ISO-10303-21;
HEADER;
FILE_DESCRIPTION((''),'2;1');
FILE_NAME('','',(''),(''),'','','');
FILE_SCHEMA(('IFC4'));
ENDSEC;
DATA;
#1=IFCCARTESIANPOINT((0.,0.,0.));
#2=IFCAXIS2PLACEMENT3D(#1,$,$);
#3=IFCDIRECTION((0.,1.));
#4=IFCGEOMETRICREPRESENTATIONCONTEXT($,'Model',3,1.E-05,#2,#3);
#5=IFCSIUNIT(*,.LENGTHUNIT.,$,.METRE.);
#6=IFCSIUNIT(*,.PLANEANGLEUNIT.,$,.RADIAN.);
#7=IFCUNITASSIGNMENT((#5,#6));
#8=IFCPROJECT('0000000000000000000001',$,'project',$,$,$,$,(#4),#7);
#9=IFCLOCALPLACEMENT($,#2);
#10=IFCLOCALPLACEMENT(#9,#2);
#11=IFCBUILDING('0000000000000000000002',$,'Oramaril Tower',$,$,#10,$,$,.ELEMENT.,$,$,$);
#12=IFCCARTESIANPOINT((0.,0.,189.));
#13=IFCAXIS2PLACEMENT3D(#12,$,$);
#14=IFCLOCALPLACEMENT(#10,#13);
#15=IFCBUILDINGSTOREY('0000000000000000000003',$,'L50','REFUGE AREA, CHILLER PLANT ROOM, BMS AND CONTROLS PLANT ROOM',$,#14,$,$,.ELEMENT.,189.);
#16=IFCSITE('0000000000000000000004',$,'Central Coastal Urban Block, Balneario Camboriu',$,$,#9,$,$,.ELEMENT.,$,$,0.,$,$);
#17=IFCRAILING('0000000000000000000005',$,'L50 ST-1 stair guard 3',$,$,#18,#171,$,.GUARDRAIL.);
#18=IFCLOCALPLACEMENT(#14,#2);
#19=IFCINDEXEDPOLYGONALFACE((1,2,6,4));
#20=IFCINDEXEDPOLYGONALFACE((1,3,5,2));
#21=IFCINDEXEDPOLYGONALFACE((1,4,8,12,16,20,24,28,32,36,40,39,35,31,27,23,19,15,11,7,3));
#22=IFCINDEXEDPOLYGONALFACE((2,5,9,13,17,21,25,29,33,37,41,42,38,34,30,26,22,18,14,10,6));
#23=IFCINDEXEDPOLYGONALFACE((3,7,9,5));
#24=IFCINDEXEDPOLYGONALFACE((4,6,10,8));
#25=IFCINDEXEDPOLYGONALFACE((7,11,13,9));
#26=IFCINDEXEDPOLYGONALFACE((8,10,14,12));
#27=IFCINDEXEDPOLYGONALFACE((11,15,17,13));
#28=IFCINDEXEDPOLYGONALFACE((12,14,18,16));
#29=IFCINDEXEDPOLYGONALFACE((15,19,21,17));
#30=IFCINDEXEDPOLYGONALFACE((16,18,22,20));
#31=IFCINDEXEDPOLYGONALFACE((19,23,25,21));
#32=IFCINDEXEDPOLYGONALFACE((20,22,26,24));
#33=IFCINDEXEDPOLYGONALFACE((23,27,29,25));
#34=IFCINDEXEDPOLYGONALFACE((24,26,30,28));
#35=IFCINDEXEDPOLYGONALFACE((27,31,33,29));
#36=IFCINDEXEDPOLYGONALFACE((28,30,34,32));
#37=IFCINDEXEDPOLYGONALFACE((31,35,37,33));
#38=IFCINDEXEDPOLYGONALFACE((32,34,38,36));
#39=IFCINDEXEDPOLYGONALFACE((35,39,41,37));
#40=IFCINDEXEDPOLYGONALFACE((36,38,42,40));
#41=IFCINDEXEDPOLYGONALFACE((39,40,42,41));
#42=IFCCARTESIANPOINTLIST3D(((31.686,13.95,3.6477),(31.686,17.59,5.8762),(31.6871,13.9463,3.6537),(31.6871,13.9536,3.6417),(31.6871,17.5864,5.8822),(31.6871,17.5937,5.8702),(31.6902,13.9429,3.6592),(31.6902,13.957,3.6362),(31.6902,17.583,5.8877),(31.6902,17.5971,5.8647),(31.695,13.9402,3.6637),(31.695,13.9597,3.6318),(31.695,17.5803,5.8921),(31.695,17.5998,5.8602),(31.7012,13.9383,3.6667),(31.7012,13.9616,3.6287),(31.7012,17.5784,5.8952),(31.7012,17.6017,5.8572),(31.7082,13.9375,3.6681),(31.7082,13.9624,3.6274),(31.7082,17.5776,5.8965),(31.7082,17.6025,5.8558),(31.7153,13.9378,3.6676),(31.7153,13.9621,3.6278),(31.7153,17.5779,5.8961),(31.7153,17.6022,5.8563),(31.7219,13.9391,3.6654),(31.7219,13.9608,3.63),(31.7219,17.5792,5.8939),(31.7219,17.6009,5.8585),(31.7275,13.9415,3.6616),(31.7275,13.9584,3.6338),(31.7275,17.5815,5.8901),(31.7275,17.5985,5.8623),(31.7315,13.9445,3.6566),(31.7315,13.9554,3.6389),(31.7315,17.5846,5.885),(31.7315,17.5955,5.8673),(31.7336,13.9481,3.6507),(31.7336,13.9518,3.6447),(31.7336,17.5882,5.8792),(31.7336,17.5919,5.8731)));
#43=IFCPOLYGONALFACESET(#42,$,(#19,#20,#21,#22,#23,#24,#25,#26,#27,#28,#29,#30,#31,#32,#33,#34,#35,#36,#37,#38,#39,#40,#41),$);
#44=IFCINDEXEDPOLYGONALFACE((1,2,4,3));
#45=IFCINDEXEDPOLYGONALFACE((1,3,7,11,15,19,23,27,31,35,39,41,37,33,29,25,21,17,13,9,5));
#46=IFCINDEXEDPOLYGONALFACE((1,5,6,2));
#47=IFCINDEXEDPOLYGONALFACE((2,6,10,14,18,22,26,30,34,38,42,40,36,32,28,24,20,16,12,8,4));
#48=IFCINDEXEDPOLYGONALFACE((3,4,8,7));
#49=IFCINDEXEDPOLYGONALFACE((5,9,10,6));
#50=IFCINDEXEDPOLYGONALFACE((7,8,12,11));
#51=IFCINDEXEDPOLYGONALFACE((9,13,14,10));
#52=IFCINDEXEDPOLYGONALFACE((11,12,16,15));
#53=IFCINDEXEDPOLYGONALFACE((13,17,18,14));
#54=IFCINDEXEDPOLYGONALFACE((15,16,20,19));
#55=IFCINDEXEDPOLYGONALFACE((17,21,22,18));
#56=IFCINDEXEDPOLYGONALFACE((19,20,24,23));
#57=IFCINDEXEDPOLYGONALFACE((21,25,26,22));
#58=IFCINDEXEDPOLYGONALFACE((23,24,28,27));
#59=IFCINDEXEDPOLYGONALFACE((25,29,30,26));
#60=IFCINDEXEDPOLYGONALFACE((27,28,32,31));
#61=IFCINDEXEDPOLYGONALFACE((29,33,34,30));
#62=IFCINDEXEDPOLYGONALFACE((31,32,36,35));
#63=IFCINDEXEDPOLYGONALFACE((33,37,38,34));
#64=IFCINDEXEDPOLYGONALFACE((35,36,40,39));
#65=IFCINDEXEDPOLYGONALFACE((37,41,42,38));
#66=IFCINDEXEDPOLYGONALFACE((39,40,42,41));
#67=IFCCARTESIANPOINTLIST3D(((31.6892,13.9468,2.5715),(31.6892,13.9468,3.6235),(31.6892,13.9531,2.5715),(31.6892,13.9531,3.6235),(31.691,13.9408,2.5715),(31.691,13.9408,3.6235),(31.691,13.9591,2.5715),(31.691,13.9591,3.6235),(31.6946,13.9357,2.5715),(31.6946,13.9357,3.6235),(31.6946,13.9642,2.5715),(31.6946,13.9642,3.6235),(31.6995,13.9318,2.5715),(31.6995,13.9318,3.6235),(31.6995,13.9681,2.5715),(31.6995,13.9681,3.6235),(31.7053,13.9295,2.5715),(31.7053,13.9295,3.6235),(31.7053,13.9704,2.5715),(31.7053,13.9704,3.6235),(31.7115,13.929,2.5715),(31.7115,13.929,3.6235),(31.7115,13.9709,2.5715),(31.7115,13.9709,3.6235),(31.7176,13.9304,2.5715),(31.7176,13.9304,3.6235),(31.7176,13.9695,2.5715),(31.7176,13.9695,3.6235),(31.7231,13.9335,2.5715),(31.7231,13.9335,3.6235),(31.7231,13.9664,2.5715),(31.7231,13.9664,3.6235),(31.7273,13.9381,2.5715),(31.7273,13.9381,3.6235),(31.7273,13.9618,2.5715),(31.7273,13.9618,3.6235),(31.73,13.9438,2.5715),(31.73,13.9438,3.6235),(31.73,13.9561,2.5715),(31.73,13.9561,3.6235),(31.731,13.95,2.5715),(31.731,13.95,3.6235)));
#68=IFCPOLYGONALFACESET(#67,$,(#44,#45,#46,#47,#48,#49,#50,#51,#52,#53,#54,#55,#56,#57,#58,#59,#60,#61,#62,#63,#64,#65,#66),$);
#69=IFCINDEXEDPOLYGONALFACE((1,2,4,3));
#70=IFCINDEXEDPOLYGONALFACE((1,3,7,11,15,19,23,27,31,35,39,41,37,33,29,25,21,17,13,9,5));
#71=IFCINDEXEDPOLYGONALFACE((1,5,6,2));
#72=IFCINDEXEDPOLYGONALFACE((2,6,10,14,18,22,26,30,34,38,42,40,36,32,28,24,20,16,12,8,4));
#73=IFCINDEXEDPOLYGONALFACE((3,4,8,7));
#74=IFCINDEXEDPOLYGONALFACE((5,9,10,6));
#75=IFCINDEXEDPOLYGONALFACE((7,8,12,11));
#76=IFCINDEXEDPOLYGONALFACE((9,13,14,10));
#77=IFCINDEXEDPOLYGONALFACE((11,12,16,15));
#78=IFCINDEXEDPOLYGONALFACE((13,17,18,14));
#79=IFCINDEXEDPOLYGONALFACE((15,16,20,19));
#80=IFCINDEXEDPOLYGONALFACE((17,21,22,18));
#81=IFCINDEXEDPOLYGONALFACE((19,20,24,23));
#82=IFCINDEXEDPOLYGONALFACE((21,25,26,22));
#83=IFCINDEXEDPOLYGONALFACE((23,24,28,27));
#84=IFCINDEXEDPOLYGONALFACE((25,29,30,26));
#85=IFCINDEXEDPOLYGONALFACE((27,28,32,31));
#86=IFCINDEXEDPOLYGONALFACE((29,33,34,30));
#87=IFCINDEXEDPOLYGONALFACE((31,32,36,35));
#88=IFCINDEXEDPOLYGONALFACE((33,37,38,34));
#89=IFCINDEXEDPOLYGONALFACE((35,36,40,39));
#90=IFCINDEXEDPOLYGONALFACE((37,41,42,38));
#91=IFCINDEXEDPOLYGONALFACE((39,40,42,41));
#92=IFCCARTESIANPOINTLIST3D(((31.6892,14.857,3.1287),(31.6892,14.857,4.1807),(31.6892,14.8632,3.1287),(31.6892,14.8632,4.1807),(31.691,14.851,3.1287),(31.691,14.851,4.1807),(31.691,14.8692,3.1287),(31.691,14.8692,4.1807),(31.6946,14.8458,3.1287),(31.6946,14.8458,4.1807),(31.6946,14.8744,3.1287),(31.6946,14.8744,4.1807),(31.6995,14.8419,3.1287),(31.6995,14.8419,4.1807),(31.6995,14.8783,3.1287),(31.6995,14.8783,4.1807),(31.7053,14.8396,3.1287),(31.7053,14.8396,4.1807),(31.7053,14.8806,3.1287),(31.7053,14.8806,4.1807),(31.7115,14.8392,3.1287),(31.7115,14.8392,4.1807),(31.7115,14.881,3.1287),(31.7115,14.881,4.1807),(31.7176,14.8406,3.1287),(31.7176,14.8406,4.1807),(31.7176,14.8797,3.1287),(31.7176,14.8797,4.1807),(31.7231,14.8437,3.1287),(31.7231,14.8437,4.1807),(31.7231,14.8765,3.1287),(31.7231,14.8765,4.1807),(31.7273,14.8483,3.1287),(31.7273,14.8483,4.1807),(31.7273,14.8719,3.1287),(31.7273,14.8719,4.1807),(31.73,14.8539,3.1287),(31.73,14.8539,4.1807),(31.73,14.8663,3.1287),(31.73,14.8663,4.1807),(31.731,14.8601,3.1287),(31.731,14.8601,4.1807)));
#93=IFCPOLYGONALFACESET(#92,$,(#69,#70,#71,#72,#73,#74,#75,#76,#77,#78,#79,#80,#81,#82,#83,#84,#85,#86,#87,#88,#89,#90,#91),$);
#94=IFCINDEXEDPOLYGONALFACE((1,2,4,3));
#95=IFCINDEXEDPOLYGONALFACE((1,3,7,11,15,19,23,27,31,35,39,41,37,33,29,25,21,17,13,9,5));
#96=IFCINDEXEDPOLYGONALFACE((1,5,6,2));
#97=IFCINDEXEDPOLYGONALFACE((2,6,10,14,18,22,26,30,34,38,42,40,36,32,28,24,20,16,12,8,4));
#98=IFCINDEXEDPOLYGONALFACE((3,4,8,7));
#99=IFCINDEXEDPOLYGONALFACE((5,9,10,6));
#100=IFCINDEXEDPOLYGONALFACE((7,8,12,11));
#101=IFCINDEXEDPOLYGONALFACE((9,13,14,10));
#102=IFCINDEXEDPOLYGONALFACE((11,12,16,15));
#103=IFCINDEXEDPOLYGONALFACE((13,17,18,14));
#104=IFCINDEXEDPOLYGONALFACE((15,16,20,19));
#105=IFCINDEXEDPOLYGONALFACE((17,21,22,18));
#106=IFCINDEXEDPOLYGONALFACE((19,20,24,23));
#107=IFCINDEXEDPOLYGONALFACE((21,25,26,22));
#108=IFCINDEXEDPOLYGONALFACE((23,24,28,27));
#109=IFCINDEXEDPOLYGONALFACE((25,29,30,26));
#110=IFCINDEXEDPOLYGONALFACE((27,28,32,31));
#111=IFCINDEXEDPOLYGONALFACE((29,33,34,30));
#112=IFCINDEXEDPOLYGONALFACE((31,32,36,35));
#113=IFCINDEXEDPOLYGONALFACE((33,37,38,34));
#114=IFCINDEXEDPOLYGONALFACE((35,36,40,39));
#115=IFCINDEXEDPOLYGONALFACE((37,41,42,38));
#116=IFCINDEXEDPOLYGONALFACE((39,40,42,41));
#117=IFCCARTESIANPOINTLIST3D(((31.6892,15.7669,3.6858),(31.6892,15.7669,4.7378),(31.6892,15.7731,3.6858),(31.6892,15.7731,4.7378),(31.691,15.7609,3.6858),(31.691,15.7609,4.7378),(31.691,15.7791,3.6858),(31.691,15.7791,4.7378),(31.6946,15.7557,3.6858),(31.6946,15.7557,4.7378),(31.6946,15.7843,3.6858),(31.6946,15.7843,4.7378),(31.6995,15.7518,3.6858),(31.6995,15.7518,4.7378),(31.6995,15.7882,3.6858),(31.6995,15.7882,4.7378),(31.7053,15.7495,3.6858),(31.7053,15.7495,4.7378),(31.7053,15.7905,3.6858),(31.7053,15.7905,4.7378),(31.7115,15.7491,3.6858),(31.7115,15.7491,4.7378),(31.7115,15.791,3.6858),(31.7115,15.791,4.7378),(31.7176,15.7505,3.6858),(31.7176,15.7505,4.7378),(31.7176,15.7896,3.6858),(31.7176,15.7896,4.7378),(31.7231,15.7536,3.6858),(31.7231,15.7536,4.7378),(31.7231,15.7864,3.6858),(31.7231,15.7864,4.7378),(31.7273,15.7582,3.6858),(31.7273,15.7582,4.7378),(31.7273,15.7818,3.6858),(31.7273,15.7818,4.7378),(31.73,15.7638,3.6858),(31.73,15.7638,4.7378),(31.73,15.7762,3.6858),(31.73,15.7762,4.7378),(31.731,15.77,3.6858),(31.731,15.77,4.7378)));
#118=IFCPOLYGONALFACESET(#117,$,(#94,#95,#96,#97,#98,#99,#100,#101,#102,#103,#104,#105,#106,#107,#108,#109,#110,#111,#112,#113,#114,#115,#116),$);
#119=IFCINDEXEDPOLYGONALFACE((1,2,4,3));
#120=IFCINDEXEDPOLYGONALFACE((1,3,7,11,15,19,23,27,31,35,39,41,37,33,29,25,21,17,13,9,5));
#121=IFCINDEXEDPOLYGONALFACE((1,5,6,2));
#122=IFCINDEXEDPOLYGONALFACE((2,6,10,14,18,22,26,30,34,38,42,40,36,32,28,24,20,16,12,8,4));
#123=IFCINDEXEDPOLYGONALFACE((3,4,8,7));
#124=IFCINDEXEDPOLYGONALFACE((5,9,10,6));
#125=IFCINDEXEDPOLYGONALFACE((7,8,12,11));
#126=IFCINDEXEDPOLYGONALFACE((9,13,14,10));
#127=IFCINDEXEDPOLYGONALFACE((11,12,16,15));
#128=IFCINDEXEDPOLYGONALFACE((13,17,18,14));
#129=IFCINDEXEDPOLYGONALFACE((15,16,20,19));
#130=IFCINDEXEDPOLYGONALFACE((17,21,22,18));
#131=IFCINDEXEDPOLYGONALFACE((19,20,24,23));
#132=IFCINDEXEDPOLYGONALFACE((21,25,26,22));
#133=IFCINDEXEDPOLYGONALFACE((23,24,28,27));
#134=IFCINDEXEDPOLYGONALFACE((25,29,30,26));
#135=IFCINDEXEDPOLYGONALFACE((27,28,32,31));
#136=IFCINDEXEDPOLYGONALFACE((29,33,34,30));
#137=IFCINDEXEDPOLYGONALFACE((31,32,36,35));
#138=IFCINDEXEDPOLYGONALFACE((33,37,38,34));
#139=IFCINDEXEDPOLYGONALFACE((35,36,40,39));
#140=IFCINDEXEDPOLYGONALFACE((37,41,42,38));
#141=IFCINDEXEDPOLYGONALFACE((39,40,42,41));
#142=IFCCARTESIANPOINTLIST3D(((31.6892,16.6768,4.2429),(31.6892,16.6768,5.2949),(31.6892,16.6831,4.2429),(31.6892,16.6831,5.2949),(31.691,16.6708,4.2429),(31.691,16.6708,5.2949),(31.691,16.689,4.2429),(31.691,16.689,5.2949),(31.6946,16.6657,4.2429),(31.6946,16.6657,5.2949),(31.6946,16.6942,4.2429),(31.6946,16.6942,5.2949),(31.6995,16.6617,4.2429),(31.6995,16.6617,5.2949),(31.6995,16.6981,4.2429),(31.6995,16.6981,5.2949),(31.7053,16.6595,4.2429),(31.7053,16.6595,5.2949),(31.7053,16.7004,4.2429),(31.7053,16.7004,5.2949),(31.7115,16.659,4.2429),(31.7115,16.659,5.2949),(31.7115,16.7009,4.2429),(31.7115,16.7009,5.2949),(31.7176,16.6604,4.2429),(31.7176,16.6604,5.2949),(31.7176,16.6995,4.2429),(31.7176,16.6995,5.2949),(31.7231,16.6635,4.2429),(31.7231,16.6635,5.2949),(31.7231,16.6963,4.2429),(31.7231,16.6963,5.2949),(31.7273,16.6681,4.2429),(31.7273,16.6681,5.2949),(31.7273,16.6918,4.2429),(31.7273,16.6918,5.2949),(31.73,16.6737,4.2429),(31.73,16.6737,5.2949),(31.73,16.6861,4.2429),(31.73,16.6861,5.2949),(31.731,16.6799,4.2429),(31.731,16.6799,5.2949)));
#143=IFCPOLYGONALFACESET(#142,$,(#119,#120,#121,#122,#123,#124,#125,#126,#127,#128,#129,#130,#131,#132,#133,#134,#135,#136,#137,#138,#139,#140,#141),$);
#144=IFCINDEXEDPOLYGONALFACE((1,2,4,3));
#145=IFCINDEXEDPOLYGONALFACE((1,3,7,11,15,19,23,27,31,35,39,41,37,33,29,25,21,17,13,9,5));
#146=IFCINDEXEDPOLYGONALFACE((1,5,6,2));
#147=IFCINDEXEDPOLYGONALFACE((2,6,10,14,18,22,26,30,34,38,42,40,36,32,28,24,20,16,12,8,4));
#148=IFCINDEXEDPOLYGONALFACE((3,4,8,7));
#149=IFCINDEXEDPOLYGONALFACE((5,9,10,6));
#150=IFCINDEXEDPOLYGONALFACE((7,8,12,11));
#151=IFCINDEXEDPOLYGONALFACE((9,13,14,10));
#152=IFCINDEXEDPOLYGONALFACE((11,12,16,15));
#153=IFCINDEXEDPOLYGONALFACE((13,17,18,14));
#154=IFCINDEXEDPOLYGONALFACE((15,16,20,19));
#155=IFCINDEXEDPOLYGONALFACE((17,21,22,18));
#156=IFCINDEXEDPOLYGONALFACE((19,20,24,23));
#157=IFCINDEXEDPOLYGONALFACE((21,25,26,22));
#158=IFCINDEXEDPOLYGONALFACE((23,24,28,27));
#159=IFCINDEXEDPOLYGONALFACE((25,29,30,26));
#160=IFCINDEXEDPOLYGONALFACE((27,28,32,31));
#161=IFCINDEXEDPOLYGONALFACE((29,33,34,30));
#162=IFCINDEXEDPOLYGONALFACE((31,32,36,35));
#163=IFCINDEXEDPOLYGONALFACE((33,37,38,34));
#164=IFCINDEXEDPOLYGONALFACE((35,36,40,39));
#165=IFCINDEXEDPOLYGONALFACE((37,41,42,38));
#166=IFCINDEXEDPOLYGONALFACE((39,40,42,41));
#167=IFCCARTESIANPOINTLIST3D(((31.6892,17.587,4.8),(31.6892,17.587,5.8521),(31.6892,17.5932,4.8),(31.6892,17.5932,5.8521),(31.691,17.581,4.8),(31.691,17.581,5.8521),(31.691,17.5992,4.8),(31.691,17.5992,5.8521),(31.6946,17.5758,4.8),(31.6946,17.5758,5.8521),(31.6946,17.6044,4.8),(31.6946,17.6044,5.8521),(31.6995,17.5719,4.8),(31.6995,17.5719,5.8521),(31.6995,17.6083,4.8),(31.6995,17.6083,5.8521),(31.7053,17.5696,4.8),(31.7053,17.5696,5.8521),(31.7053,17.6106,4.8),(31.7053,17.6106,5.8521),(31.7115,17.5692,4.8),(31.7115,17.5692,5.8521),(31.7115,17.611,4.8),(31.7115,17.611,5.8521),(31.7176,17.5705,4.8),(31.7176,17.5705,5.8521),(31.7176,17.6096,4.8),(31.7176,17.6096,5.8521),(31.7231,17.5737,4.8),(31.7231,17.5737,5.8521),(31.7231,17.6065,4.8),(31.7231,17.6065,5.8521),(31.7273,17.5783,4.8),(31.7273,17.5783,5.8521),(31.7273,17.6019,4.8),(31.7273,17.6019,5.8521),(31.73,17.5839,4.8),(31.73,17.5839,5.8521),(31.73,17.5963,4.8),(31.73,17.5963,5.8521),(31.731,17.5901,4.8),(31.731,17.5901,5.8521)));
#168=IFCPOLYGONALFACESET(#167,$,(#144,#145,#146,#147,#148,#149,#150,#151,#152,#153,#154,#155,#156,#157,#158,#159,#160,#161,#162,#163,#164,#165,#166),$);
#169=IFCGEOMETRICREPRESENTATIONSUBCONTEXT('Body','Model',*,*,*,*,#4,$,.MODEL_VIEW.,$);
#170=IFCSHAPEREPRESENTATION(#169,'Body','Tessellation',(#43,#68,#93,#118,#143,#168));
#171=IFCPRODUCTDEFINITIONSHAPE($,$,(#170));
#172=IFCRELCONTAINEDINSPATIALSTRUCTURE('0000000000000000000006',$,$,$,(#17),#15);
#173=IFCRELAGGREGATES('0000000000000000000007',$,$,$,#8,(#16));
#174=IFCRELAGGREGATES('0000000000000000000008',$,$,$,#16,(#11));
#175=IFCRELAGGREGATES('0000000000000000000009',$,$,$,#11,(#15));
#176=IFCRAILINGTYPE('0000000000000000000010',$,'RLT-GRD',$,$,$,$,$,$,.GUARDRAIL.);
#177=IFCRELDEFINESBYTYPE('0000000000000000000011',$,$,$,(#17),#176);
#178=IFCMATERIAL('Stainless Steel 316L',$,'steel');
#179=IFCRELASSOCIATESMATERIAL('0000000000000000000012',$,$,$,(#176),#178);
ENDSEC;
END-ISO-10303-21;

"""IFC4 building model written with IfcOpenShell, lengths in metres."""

from ifc_helpers import new_model, si_unit, direction, frame, origin, origin_2d, place, context, subcontext, project, spatial, circle, extrude, material, type_object, element, save


model = new_model("IFC4")

# Units and contexts
model_context = context("Model", 3, precision=1e-05, world=origin(), true_north=direction((0.0, 1.0)))
body_context = subcontext(model_context, "Body", "Model", "MODEL_VIEW")
ifc_project = project(units=[si_unit("LENGTHUNIT", "METRE"), si_unit("PLANEANGLEUNIT", "RADIAN")], contexts=[model_context])

# Site, building, storey
site_placement = place(None, origin())
site = spatial("IfcSite", under=ifc_project, at=site_placement, Name="Central Coastal Urban Block, Balneario Camboriu", CompositionType="ELEMENT", RefElevation=0.0)
building_placement = place(site_placement, origin())
building = spatial("IfcBuilding", under=site, at=building_placement, Name="Oramaril Tower", CompositionType="ELEMENT")
storey_placement = place(building_placement, frame((0.0, 0.0, 189.0)))
storey = spatial("IfcBuildingStorey", under=building, at=storey_placement, Name="L50", Description="REFUGE AREA, CHILLER PLANT ROOM, BMS AND CONTROLS PLANT ROOM", CompositionType="ELEMENT", Elevation=189.0)

# Railing
ifc_material_1 = material(Name="Stainless Steel 316L", Category="steel")
railing_type_1 = type_object("IfcRailingType", Name="RLT-GRD", PredefinedType="GUARDRAIL", material=ifc_material_1)
railing_1_placement = place(storey_placement, frame((31.71, 13.95, 2.5715)))
element("IfcRailing", 1, at=railing_1_placement, inside=storey, type_object=railing_type_1, Name="L50 ST-1 stair guard 3", PredefinedType="GUARDRAIL", context=body_context, shape_type="SweptSolid", body=[
    extrude(circle(Radius=0.0239, at=origin_2d()), frame((0.0, 0.0, 1.0762), z_axis=(0.0, 0.852866, 0.52213), x_axis=(-1.0, 0.0, 0.0)), (0.0, 0.0, 1.0), 4.2681),
    extrude(circle(Radius=0.021, at=origin_2d()), origin(), (0.0, 0.0, 1.0), 1.052),
    extrude(circle(Radius=0.021, at=origin_2d()), frame((0.0, 0.9102, 0.5571)), (0.0, 0.0, 1.0), 1.052),
    extrude(circle(Radius=0.021, at=origin_2d()), frame((0.0, 1.8201, 1.1143)), (0.0, 0.0, 1.0), 1.052),
    extrude(circle(Radius=0.021, at=origin_2d()), frame((0.0, 2.73, 1.6714)), (0.0, 0.0, 1.0), 1.052),
    extrude(circle(Radius=0.021, at=origin_2d()), frame((0.0, 3.6401, 2.2285)), (0.0, 0.0, 1.0), 1.052),
])

save(model, "model.ifc")
